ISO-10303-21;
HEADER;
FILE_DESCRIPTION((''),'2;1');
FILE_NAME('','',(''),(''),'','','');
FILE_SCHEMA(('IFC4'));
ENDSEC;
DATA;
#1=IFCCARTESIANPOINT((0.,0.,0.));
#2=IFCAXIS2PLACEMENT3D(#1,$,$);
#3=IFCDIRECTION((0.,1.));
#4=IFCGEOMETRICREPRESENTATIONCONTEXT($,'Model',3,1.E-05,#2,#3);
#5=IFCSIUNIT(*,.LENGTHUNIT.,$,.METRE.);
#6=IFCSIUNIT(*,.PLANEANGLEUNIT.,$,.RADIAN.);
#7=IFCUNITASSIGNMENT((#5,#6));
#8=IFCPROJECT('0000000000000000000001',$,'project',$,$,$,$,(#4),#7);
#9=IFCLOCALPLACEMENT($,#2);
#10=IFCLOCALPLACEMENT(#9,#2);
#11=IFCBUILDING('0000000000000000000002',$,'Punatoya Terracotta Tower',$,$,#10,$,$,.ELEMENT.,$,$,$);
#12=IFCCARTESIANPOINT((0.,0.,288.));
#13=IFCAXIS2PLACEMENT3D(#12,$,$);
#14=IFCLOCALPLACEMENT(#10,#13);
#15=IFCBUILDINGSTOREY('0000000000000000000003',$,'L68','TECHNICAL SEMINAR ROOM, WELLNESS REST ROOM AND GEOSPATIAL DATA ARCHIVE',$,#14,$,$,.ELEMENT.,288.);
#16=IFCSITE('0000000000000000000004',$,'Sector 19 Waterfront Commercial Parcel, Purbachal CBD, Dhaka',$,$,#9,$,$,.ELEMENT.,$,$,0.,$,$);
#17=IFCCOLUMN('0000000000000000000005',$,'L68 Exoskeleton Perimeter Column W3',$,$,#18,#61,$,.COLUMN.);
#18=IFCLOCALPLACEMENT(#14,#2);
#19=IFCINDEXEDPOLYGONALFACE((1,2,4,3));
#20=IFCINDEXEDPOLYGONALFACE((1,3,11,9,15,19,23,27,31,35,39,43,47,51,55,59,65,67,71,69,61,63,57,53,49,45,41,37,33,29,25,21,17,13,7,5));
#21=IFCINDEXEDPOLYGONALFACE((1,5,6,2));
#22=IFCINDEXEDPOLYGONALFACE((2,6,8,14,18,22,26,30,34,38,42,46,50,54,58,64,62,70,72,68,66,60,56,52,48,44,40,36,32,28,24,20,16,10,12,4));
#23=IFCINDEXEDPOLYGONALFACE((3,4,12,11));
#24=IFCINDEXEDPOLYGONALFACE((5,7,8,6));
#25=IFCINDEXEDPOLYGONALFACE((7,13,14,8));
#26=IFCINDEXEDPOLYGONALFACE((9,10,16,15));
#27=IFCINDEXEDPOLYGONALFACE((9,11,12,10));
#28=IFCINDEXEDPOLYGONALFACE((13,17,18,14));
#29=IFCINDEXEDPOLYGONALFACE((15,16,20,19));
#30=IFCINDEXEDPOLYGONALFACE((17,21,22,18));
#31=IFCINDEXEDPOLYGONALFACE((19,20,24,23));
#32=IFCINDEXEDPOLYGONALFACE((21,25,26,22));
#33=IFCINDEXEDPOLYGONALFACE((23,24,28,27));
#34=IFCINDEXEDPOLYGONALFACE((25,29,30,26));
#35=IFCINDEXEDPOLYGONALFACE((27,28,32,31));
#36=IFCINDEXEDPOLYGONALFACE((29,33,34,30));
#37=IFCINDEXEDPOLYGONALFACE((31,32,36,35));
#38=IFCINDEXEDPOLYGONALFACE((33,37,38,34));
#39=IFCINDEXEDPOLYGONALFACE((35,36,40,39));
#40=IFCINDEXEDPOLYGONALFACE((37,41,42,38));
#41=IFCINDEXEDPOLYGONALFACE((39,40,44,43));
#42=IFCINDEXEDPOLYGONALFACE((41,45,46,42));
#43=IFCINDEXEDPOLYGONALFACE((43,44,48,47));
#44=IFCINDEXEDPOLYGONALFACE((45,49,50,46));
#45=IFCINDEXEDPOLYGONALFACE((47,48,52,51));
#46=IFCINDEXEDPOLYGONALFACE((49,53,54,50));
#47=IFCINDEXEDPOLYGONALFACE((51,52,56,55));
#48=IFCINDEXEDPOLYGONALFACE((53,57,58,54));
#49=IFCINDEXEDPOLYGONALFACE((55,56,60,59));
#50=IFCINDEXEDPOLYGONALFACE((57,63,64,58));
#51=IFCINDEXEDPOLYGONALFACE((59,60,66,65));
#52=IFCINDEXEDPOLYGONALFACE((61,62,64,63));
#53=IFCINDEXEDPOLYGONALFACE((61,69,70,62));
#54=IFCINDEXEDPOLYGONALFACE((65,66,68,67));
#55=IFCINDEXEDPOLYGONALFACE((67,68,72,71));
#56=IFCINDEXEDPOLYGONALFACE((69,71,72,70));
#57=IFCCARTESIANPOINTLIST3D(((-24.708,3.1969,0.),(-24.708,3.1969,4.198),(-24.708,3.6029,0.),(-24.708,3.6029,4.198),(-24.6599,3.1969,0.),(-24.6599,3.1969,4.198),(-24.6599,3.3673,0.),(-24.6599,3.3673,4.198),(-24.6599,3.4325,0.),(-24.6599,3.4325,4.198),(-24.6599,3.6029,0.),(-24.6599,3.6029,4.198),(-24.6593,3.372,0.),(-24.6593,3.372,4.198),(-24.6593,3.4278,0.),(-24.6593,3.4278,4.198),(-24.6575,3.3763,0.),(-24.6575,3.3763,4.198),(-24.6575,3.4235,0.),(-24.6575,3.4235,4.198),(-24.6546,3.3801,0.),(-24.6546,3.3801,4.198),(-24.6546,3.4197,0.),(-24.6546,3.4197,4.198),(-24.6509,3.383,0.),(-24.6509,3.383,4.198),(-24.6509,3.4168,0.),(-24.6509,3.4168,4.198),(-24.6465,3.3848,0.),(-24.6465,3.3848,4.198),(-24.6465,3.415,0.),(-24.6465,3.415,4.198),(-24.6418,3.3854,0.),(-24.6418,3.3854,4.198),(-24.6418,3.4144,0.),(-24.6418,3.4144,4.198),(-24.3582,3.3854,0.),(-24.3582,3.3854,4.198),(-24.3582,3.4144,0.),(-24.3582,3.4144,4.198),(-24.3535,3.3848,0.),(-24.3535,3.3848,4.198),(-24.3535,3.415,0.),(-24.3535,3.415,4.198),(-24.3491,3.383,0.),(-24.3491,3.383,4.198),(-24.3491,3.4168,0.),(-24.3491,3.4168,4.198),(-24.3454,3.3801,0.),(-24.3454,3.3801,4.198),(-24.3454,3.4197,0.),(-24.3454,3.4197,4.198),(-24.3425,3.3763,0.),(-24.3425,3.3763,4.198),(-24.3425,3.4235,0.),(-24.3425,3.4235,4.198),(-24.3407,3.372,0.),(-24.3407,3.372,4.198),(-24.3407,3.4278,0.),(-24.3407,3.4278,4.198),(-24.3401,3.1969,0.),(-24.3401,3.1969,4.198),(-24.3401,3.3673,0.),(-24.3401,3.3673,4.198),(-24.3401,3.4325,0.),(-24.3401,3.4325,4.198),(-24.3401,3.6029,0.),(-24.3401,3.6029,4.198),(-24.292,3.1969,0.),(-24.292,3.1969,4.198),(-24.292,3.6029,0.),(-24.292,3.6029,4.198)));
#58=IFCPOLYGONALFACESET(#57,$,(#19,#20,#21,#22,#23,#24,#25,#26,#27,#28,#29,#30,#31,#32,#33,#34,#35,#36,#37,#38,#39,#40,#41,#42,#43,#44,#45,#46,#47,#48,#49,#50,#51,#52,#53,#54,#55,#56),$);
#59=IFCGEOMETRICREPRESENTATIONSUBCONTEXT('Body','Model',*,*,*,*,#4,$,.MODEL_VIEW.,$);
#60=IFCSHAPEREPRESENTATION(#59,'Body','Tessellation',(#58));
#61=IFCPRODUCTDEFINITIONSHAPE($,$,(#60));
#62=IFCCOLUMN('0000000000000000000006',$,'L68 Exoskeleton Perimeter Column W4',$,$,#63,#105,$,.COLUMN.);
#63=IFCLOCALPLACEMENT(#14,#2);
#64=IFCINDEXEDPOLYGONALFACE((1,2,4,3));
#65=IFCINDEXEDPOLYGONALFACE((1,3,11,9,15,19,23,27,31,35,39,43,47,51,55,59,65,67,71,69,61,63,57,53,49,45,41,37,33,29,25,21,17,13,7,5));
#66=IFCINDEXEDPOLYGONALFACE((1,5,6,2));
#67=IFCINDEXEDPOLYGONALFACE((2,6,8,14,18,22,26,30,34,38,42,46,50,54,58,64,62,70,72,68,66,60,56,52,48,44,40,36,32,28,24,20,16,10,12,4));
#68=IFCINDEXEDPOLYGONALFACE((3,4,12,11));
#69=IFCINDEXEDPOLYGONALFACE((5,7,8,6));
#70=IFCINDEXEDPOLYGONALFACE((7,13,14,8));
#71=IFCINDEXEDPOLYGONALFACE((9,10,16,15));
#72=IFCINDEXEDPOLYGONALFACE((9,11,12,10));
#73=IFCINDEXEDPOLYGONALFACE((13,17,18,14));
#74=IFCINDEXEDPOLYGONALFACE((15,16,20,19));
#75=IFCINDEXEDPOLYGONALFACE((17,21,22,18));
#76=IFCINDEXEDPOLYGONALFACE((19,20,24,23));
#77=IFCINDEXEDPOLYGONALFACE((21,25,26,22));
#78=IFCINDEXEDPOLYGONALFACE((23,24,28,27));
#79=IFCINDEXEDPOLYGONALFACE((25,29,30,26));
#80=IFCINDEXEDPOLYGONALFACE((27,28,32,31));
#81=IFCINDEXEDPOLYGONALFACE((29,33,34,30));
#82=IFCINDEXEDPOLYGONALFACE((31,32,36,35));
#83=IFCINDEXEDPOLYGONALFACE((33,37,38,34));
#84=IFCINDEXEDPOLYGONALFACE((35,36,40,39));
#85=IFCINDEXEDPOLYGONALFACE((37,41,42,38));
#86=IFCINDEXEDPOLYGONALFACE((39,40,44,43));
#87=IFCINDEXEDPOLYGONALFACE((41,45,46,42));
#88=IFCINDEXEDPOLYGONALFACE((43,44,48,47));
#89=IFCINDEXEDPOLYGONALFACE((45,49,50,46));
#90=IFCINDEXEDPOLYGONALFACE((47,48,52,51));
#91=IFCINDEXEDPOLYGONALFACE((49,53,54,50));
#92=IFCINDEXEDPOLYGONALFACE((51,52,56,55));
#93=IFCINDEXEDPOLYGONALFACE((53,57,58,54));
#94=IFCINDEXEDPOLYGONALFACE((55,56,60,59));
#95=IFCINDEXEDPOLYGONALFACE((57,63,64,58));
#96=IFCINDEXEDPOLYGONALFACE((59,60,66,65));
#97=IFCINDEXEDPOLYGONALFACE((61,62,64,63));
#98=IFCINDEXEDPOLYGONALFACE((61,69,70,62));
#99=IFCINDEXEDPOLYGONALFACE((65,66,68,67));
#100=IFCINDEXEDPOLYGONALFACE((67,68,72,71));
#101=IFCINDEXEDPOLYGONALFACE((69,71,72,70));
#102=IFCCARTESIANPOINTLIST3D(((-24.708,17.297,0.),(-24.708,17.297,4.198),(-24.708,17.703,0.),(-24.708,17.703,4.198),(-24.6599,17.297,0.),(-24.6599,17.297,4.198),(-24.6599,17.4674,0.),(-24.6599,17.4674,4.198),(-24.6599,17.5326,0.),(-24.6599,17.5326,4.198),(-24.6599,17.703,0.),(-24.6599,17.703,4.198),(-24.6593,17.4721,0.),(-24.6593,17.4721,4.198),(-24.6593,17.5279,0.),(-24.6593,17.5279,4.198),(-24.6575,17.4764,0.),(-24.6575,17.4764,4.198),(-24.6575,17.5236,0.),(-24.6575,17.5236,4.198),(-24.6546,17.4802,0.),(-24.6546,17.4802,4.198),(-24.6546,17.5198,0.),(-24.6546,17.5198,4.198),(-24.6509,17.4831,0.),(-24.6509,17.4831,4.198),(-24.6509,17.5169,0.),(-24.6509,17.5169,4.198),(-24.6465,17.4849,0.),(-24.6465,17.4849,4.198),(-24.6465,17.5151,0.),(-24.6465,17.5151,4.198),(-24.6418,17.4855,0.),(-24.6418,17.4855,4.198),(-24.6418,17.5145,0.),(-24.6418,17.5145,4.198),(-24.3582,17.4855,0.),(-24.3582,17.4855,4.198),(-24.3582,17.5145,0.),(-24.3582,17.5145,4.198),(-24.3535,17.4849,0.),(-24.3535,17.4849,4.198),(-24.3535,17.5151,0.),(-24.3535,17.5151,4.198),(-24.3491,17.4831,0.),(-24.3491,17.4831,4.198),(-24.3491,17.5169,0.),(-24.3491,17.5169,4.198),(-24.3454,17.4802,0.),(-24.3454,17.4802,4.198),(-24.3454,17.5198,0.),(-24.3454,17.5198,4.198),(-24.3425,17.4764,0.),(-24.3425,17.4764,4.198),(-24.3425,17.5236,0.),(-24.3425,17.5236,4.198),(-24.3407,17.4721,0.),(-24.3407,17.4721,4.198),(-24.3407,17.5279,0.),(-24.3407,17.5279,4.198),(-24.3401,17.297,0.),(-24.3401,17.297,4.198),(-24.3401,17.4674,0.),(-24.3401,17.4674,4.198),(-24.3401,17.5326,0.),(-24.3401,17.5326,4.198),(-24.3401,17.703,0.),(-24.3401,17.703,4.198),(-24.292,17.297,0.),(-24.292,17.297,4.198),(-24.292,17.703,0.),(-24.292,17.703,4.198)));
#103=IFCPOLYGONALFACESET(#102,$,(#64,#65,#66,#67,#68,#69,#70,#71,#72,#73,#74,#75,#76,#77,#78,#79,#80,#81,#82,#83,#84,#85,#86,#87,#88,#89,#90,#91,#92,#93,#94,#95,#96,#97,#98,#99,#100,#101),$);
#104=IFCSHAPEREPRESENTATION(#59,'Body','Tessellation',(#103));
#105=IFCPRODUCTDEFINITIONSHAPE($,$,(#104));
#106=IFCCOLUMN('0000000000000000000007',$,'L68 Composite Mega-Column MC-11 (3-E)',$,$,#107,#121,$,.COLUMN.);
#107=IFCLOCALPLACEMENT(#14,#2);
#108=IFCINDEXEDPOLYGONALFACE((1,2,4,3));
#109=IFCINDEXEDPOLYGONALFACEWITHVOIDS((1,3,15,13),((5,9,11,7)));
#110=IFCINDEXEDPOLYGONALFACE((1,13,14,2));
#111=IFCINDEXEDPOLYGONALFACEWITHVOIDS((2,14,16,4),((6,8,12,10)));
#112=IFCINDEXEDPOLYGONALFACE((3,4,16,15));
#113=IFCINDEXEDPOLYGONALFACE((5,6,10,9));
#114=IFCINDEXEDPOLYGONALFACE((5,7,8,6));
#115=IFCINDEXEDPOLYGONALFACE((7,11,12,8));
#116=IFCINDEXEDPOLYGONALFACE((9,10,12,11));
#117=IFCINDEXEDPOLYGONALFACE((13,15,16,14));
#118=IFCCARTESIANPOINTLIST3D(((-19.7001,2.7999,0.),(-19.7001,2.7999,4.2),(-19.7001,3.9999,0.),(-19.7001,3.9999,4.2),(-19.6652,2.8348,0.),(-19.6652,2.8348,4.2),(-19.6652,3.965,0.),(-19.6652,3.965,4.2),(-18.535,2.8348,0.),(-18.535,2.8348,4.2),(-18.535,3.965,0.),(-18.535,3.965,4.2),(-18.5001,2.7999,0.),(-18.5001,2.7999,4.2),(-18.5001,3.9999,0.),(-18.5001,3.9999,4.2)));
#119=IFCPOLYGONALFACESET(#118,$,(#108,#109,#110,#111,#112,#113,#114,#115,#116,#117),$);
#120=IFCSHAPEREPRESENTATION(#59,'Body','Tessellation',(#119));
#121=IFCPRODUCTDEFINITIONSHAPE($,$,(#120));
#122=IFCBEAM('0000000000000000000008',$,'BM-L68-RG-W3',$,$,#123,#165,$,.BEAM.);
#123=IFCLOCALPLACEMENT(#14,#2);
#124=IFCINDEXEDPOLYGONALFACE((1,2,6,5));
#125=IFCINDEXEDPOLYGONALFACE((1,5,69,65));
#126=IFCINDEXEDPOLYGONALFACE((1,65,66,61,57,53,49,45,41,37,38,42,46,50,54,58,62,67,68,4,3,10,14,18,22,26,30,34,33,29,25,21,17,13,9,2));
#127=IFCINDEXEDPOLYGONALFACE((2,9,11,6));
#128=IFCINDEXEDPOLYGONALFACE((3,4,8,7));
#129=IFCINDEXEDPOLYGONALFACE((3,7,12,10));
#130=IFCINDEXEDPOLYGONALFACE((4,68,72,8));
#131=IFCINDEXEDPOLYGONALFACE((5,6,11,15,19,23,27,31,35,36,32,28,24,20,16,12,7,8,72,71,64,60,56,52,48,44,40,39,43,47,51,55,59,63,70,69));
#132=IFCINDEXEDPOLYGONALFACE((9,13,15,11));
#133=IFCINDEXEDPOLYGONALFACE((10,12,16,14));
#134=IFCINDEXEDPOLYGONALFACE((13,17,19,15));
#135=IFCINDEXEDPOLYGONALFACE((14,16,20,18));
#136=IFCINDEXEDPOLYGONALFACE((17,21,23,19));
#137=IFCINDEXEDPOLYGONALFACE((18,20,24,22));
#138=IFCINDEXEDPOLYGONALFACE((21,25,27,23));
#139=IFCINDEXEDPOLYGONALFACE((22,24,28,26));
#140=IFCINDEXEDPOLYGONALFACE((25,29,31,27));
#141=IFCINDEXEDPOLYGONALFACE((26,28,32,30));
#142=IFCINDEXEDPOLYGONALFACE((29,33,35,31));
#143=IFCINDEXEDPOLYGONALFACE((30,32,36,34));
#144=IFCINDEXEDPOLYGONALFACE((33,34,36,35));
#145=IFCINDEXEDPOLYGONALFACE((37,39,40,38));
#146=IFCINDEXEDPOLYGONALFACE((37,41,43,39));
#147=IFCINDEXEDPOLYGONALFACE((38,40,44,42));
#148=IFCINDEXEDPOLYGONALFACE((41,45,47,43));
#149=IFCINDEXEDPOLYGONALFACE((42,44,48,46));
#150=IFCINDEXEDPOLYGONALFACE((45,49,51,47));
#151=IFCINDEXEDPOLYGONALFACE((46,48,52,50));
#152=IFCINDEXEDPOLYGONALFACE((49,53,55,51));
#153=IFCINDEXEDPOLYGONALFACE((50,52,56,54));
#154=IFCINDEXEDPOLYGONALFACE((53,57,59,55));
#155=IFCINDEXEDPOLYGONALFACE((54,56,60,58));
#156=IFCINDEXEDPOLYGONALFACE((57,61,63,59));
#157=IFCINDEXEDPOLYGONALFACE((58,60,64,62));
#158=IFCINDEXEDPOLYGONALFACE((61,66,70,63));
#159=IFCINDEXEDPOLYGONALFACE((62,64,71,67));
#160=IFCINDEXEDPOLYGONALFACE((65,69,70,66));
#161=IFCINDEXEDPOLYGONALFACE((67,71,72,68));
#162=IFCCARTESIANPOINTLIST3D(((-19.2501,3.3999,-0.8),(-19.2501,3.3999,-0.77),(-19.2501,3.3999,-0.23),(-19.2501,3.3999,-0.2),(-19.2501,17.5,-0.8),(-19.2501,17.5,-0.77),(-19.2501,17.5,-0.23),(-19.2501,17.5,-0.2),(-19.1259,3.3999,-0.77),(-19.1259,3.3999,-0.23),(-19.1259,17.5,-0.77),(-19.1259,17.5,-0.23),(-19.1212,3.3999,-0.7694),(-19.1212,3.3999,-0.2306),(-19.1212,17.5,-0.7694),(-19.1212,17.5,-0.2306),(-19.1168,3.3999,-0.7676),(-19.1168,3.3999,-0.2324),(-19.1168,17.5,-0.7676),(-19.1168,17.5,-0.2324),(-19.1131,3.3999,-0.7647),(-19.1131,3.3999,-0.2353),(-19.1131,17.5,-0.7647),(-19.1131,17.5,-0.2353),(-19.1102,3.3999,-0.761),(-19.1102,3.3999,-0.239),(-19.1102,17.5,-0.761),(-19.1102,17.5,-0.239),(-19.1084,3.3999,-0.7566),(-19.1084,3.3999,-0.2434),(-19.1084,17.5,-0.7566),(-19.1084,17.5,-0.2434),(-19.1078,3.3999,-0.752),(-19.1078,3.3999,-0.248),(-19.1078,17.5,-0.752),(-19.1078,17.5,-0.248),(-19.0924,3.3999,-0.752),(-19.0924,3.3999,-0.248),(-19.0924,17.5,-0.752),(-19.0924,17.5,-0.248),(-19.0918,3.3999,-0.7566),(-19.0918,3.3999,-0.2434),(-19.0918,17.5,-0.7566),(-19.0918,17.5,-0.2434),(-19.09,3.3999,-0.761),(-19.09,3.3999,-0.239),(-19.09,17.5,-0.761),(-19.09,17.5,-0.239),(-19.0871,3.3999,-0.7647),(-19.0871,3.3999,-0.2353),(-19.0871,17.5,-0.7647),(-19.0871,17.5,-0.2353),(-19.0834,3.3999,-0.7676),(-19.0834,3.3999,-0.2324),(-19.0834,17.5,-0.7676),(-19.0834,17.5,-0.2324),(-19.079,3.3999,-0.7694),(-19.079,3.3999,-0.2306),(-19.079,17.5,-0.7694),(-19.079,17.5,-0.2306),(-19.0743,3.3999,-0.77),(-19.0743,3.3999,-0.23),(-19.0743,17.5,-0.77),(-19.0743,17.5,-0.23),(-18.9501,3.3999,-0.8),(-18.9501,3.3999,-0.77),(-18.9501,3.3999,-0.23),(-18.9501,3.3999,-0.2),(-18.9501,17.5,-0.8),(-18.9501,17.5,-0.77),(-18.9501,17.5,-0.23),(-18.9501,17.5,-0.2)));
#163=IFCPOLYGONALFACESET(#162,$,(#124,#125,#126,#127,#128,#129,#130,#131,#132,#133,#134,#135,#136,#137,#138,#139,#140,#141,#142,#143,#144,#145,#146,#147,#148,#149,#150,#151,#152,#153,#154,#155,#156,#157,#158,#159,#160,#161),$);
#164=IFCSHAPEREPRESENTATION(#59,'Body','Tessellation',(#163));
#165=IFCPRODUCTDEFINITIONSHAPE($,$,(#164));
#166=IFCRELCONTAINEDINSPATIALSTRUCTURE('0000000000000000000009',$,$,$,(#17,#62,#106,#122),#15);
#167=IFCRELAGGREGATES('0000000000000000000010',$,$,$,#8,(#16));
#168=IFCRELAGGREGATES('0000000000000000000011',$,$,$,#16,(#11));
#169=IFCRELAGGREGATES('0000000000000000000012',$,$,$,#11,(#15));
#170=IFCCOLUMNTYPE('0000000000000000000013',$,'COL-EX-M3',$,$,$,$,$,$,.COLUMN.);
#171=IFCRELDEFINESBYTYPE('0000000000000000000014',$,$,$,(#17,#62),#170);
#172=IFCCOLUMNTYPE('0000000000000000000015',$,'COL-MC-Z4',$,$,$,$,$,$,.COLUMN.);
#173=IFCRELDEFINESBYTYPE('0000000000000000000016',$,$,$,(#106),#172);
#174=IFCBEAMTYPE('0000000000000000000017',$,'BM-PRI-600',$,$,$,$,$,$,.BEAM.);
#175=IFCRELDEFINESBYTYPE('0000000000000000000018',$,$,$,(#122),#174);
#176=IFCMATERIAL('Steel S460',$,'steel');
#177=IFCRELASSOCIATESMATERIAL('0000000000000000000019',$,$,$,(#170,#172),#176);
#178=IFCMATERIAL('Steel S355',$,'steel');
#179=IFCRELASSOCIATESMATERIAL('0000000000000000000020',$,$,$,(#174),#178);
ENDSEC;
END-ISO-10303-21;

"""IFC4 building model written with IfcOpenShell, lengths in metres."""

from ifc_helpers import new_model, si_unit, direction, frame, origin, origin_2d, place, context, subcontext, project, spatial, hollow_rectangle, i_section, extrude, material, material_profile, profile_set, type_object, element, save


model = new_model("IFC4")

# Units and contexts
model_context = context("Model", 3, precision=1e-05, world=origin(), true_north=direction((0.0, 1.0)))
body_context = subcontext(model_context, "Body", "Model", "MODEL_VIEW")
ifc_project = project(units=[si_unit("LENGTHUNIT", "METRE"), si_unit("PLANEANGLEUNIT", "RADIAN")], contexts=[model_context])

# Site, building, storey
site_placement = place(None, origin())
site = spatial("IfcSite", under=ifc_project, at=site_placement, Name="Sector 19 Waterfront Commercial Parcel, Purbachal CBD, Dhaka", CompositionType="ELEMENT", RefElevation=0.0)
building_placement = place(site_placement, origin())
building = spatial("IfcBuilding", under=site, at=building_placement, Name="Punatoya Terracotta Tower", CompositionType="ELEMENT")
storey_placement = place(building_placement, frame((0.0, 0.0, 288.0)))
storey = spatial("IfcBuildingStorey", under=building, at=storey_placement, Name="L68", Description="TECHNICAL SEMINAR ROOM, WELLNESS REST ROOM AND GEOSPATIAL DATA ARCHIVE", CompositionType="ELEMENT", Elevation=288.0)

# Columns
ifc_material_1 = material(Name="Steel S460", Category="steel")
ifc_material_profile_1 = material_profile(ifc_material_1, i_section(OverallWidth=0.406, OverallDepth=0.416, WebThickness=0.0291, FlangeThickness=0.0481, FilletRadius=0.0181, at=origin_2d()))
ifc_profile_set_1 = profile_set([ifc_material_profile_1], Name="Steel S460")
column_type_1 = type_object("IfcColumnType", Name="COL-EX-M3", PredefinedType="COLUMN", material=ifc_profile_set_1)
for number, where, z_axis, x_axis, name in (
    (1, (-24.5, 3.3999, 0.0), (0.0, 0.0, 1.0), (0.0, 1.0, 0.0), "L68 Exoskeleton Perimeter Column W3"),
    (2, (-24.5, 17.5, 0.0), (0.0, 0.0, 1.0), (0.0, 1.0, 0.0), "L68 Exoskeleton Perimeter Column W4"),
):
    element("IfcColumn", number, at=place(storey_placement, frame(where, z_axis=z_axis, x_axis=x_axis)), inside=storey, type_object=column_type_1, Name=name, PredefinedType="COLUMN", context=body_context, shape_type="SweptSolid", body=[
        extrude(i_section(OverallWidth=0.406, OverallDepth=0.416, WebThickness=0.0291, FlangeThickness=0.0481, FilletRadius=0.0181, at=origin_2d()), origin(), (0.0, 0.0, 1.0), 4.198),
    ])
ifc_material_profile_2 = material_profile(ifc_material_1, hollow_rectangle(XDim=1.2, YDim=1.2, WallThickness=0.0349, at=origin_2d()))
ifc_profile_set_2 = profile_set([ifc_material_profile_2], Name="Steel S460")
column_type_2 = type_object("IfcColumnType", Name="COL-MC-Z4", PredefinedType="COLUMN", material=ifc_profile_set_2)
column_placement = place(storey_placement, frame((-19.1001, 3.3999, 0.0), z_axis=(0.0, 0.0, 1.0), x_axis=(1.0, 0.0, 0.0)))
element("IfcColumn", 3, at=column_placement, inside=storey, type_object=column_type_2, Name="L68 Composite Mega-Column MC-11 (3-E)", PredefinedType="COLUMN", context=body_context, shape_type="SweptSolid", body=[
    extrude(hollow_rectangle(XDim=1.2, YDim=1.2, WallThickness=0.0349, at=origin_2d()), origin(), (0.0, 0.0, 1.0), 4.2),
])

# Beam
ifc_material_2 = material(Name="Steel S355", Category="steel")
ifc_material_profile_3 = material_profile(ifc_material_2, i_section(OverallWidth=0.3, OverallDepth=0.6001, WebThickness=0.0154, FlangeThickness=0.03, FilletRadius=0.0181, at=origin_2d()))
ifc_profile_set_3 = profile_set([ifc_material_profile_3], Name="Steel S355")
beam_type_1 = type_object("IfcBeamType", Name="BM-PRI-600", PredefinedType="BEAM", material=ifc_profile_set_3)
beam_1_placement = place(storey_placement, frame((-19.1001, 3.3999, -0.5), z_axis=(0.0, 1.0, 0.0), x_axis=(-1.0, 0.0, 0.0)))
element("IfcBeam", 4, at=beam_1_placement, inside=storey, type_object=beam_type_1, Name="BM-L68-RG-W3", PredefinedType="BEAM", context=body_context, shape_type="SweptSolid", body=[
    extrude(i_section(OverallWidth=0.3, OverallDepth=0.6001, WebThickness=0.0154, FlangeThickness=0.03, FilletRadius=0.0181, at=origin_2d()), origin(), (0.0, 0.0, 1.0), 14.1001),
])

save(model, "model.ifc")
